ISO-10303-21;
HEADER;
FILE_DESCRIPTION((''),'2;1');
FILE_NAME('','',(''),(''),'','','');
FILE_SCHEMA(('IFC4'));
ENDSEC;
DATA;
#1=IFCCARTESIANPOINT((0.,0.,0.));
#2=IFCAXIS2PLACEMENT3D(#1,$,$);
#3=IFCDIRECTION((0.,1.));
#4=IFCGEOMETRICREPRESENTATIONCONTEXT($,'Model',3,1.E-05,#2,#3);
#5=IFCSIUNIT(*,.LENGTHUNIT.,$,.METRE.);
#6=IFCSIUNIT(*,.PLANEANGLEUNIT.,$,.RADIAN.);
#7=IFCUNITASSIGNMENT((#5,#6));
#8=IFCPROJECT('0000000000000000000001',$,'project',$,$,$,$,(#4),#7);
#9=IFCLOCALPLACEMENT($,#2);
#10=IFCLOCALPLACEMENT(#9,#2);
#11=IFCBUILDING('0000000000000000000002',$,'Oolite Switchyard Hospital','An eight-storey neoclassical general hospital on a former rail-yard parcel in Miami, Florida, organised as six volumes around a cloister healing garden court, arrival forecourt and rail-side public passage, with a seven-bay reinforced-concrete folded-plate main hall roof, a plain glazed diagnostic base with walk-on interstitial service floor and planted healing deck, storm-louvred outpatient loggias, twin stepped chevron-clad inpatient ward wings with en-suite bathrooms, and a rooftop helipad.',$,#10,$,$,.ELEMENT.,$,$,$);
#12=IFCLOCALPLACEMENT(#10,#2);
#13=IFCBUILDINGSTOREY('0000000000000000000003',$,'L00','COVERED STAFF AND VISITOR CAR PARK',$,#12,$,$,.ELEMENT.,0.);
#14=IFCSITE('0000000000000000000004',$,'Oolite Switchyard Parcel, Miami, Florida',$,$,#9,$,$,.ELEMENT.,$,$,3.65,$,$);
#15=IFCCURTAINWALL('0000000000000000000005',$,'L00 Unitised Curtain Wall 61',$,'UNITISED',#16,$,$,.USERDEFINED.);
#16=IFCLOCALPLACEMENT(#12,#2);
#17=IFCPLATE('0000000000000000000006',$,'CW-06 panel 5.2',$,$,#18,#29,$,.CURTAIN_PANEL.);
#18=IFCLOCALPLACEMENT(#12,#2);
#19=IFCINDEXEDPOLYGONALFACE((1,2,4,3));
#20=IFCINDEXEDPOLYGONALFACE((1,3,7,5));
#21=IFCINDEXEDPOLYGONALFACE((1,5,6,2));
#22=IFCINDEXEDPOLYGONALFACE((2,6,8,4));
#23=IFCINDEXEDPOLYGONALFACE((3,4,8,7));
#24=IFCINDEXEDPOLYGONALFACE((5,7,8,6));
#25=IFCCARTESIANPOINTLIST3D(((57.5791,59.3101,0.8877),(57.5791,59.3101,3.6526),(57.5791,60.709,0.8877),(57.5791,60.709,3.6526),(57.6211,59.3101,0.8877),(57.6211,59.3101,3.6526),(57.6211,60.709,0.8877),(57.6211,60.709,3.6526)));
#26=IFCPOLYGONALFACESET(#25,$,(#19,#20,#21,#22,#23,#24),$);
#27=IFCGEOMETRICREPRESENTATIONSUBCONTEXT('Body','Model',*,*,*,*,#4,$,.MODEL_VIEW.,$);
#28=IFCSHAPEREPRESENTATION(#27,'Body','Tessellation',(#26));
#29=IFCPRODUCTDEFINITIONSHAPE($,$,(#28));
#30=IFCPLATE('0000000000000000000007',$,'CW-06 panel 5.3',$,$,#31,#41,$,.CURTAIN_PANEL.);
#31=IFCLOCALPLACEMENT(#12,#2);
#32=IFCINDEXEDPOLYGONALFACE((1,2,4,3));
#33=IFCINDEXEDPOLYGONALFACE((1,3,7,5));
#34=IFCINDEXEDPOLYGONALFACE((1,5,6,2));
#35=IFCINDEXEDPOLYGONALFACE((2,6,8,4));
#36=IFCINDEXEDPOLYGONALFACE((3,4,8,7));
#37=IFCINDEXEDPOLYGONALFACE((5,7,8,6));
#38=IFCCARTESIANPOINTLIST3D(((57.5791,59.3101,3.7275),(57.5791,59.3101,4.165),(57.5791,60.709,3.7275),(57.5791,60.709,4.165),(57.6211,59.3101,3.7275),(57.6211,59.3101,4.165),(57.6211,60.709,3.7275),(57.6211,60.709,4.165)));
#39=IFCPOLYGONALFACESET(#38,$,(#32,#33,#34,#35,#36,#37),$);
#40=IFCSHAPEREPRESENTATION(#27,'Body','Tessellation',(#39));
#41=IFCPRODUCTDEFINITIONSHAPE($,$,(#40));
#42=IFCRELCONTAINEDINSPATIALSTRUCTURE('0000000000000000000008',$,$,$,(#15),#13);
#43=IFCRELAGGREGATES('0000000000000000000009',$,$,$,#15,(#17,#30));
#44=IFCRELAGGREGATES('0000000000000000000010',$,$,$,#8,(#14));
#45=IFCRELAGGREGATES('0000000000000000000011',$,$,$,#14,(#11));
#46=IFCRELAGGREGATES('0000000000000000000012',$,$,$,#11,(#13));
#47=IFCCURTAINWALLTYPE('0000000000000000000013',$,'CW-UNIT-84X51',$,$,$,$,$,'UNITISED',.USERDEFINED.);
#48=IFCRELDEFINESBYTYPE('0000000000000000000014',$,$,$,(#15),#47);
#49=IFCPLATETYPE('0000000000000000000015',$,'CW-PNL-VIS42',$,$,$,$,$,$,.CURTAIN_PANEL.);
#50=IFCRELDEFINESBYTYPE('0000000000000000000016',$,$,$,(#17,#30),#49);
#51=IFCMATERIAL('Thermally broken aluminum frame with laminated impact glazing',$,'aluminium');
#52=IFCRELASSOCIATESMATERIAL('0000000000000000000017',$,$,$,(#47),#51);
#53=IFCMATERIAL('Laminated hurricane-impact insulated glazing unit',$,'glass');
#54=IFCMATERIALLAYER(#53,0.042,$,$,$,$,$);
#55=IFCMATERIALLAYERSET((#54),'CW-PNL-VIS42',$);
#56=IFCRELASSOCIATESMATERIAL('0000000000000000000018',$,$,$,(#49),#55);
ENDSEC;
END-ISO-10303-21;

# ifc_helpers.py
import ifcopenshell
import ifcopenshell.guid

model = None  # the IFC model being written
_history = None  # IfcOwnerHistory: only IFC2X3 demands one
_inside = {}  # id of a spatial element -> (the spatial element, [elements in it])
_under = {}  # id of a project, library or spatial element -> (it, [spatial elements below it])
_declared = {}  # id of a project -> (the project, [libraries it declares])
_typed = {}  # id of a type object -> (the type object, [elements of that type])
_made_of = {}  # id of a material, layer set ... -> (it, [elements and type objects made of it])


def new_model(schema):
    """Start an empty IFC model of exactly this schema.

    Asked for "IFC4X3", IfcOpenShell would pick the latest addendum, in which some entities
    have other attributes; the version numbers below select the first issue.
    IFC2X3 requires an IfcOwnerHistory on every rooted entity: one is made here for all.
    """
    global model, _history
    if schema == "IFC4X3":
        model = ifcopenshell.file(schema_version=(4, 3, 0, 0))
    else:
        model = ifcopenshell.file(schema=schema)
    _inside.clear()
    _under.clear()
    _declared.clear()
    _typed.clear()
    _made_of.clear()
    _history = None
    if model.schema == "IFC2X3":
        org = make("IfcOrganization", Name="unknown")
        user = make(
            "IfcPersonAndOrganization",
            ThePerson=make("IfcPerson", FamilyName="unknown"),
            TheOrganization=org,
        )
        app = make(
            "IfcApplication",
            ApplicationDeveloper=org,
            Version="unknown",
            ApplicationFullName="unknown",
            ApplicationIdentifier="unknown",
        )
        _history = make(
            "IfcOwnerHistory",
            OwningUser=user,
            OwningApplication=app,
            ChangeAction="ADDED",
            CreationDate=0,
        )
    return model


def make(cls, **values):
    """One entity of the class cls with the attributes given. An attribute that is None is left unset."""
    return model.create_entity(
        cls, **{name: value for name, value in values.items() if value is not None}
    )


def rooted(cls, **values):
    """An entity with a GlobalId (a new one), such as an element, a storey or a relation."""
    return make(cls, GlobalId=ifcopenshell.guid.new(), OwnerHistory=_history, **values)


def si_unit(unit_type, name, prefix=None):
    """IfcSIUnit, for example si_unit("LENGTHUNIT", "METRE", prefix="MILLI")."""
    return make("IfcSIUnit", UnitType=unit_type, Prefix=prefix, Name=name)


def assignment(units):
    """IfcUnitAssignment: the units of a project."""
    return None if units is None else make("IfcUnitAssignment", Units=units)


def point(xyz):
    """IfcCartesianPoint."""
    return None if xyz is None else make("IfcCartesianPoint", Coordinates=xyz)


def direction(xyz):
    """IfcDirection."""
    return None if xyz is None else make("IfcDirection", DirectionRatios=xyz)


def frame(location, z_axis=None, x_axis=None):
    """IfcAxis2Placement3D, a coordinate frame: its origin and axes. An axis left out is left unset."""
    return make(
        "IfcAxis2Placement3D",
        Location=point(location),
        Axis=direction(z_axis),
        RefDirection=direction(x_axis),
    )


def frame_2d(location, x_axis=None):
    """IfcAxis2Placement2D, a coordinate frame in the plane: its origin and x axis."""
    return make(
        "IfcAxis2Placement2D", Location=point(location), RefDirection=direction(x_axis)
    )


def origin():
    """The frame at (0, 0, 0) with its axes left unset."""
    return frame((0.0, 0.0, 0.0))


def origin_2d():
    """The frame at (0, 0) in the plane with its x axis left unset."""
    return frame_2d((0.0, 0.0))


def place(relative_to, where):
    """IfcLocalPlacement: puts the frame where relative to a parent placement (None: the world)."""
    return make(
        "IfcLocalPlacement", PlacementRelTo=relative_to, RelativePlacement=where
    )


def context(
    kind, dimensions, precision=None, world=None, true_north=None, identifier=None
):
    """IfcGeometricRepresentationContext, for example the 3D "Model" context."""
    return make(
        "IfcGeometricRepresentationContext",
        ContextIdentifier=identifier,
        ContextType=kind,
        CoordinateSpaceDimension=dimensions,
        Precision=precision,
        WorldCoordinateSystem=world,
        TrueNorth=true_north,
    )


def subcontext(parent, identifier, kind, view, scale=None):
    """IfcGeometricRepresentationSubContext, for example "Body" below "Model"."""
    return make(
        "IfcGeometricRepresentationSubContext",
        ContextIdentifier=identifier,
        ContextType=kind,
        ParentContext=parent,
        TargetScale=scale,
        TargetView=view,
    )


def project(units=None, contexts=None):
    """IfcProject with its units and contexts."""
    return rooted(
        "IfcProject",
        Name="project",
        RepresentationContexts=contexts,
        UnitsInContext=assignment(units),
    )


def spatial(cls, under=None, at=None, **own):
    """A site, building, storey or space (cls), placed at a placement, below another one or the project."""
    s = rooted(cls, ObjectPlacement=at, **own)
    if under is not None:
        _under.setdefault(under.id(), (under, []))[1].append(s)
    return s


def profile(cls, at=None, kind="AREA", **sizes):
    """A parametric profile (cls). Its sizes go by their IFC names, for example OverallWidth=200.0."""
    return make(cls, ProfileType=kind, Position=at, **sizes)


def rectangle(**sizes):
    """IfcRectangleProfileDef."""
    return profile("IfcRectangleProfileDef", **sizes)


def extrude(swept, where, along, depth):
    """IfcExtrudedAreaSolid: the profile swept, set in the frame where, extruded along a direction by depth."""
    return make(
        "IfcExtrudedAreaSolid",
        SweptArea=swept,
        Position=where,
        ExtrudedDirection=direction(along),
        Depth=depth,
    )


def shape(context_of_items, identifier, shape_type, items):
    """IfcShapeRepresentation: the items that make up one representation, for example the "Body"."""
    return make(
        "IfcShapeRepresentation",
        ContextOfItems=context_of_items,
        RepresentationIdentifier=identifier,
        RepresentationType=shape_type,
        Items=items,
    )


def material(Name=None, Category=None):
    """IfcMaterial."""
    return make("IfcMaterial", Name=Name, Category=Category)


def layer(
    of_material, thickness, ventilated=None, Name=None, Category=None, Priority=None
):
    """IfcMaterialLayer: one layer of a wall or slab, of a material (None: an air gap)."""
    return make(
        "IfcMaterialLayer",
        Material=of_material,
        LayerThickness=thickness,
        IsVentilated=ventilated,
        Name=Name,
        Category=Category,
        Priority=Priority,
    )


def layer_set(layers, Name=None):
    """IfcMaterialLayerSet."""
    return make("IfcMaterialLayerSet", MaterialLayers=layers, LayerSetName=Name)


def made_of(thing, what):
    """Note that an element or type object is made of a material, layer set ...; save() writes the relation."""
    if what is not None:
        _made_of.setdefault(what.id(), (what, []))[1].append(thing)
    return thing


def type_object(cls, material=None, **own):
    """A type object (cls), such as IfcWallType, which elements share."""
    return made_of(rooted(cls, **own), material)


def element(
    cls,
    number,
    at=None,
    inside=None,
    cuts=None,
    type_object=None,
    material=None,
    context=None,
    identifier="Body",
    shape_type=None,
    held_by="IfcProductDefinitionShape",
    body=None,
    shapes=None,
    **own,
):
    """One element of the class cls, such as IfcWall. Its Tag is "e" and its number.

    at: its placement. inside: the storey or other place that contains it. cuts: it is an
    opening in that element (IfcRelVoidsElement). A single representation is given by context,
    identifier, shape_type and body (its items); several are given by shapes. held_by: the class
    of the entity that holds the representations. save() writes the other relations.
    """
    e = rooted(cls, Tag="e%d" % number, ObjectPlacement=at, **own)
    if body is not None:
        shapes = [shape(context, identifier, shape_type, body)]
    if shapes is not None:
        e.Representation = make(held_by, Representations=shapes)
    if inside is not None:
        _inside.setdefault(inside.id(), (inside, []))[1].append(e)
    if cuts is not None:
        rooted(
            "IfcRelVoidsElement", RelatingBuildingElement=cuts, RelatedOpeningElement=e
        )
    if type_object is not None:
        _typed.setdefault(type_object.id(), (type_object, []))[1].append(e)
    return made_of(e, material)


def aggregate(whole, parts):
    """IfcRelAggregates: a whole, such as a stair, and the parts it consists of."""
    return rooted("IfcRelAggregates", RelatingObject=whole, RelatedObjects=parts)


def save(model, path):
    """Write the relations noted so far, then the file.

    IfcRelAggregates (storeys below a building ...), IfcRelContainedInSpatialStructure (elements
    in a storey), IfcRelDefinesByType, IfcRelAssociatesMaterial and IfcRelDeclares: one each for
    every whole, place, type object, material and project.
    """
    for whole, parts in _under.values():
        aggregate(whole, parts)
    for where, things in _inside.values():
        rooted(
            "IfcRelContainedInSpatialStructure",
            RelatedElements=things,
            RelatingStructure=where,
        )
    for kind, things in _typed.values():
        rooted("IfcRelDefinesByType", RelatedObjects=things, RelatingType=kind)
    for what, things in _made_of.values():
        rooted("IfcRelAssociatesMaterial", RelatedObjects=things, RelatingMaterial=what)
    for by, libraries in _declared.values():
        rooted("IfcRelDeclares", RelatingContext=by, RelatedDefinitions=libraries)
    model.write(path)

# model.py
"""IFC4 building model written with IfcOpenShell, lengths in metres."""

from ifc_helpers import new_model, si_unit, direction, frame, origin, origin_2d, place, context, subcontext, project, spatial, rectangle, extrude, material, layer, layer_set, type_object, element, aggregate, save


model = new_model("IFC4")

# Units and contexts
model_context = context("Model", 3, precision=1e-05, world=origin(), true_north=direction((0.0, 1.0)))
body_context = subcontext(model_context, "Body", "Model", "MODEL_VIEW")
ifc_project = project(units=[si_unit("LENGTHUNIT", "METRE"), si_unit("PLANEANGLEUNIT", "RADIAN")], contexts=[model_context])

# Site, building, storey
site_placement = place(None, origin())
site = spatial("IfcSite", under=ifc_project, at=site_placement, Name="Oolite Switchyard Parcel, Miami, Florida", CompositionType="ELEMENT", RefElevation=3.65)
building_placement = place(site_placement, origin())
building = spatial("IfcBuilding", under=site, at=building_placement, Name="Oolite Switchyard Hospital", Description="An eight-storey neoclassical general hospital on a former rail-yard parcel in Miami, Florida, organised as six volumes around a cloister healing garden court, arrival forecourt and rail-side public passage, with a seven-bay reinforced-concrete folded-plate main hall roof, a plain glazed diagnostic base with walk-on interstitial service floor and planted healing deck, storm-louvred outpatient loggias, twin stepped chevron-clad inpatient ward wings with en-suite bathrooms, and a rooftop helipad.", CompositionType="ELEMENT")
storey_placement = place(building_placement, origin())
storey = spatial("IfcBuildingStorey", under=building, at=storey_placement, Name="L00", Description="COVERED STAFF AND VISITOR CAR PARK", CompositionType="ELEMENT", Elevation=0.0)

# Shared definitions
ifc_material_1 = material(Name="Thermally broken aluminum frame with laminated impact glazing", Category="aluminium")
curtain_wall_type = type_object("IfcCurtainWallType", Name="CW-UNIT-84X51", ElementType="UNITISED", PredefinedType="USERDEFINED", material=ifc_material_1)

# Curtain wall, plates
curtain_wall_1_placement = place(storey_placement, origin())
curtain_wall_1 = element("IfcCurtainWall", 1, at=curtain_wall_1_placement, inside=storey, type_object=curtain_wall_type, Name="L00 Unitised Curtain Wall 61", ObjectType="UNITISED", PredefinedType="USERDEFINED")
ifc_material_2 = material(Name="Laminated hurricane-impact insulated glazing unit", Category="glass")
ifc_layer = layer(ifc_material_2, 0.042)
ifc_layer_set = layer_set([ifc_layer], Name="CW-PNL-VIS42")
plate_type = type_object("IfcPlateType", Name="CW-PNL-VIS42", PredefinedType="CURTAIN_PANEL", material=ifc_layer_set)
plate_1_placement = place(storey_placement, frame((57.6001, 60.0095, 0.8877), z_axis=(0.0, 0.0, 1.0), x_axis=(0.0, -1.0, 0.0)))
plate_1 = element("IfcPlate", 2, at=plate_1_placement, type_object=plate_type, Name="CW-06 panel 5.2", PredefinedType="CURTAIN_PANEL", context=body_context, shape_type="SweptSolid", body=[
    extrude(rectangle(XDim=1.3989, YDim=0.042, at=origin_2d()), origin(), (0.0, 0.0, 1.0), 2.7649),
])
plate_2_placement = place(storey_placement, frame((57.6001, 60.0095, 3.7275), z_axis=(0.0, 0.0, 1.0), x_axis=(0.0, -1.0, 0.0)))
plate_2 = element("IfcPlate", 3, at=plate_2_placement, type_object=plate_type, Name="CW-06 panel 5.3", PredefinedType="CURTAIN_PANEL", context=body_context, shape_type="SweptSolid", body=[
    extrude(rectangle(XDim=1.3989, YDim=0.042, at=origin_2d()), origin(), (0.0, 0.0, 1.0), 0.4375),
])
aggregate(curtain_wall_1, [plate_1, plate_2])

save(model, "model.ifc")
